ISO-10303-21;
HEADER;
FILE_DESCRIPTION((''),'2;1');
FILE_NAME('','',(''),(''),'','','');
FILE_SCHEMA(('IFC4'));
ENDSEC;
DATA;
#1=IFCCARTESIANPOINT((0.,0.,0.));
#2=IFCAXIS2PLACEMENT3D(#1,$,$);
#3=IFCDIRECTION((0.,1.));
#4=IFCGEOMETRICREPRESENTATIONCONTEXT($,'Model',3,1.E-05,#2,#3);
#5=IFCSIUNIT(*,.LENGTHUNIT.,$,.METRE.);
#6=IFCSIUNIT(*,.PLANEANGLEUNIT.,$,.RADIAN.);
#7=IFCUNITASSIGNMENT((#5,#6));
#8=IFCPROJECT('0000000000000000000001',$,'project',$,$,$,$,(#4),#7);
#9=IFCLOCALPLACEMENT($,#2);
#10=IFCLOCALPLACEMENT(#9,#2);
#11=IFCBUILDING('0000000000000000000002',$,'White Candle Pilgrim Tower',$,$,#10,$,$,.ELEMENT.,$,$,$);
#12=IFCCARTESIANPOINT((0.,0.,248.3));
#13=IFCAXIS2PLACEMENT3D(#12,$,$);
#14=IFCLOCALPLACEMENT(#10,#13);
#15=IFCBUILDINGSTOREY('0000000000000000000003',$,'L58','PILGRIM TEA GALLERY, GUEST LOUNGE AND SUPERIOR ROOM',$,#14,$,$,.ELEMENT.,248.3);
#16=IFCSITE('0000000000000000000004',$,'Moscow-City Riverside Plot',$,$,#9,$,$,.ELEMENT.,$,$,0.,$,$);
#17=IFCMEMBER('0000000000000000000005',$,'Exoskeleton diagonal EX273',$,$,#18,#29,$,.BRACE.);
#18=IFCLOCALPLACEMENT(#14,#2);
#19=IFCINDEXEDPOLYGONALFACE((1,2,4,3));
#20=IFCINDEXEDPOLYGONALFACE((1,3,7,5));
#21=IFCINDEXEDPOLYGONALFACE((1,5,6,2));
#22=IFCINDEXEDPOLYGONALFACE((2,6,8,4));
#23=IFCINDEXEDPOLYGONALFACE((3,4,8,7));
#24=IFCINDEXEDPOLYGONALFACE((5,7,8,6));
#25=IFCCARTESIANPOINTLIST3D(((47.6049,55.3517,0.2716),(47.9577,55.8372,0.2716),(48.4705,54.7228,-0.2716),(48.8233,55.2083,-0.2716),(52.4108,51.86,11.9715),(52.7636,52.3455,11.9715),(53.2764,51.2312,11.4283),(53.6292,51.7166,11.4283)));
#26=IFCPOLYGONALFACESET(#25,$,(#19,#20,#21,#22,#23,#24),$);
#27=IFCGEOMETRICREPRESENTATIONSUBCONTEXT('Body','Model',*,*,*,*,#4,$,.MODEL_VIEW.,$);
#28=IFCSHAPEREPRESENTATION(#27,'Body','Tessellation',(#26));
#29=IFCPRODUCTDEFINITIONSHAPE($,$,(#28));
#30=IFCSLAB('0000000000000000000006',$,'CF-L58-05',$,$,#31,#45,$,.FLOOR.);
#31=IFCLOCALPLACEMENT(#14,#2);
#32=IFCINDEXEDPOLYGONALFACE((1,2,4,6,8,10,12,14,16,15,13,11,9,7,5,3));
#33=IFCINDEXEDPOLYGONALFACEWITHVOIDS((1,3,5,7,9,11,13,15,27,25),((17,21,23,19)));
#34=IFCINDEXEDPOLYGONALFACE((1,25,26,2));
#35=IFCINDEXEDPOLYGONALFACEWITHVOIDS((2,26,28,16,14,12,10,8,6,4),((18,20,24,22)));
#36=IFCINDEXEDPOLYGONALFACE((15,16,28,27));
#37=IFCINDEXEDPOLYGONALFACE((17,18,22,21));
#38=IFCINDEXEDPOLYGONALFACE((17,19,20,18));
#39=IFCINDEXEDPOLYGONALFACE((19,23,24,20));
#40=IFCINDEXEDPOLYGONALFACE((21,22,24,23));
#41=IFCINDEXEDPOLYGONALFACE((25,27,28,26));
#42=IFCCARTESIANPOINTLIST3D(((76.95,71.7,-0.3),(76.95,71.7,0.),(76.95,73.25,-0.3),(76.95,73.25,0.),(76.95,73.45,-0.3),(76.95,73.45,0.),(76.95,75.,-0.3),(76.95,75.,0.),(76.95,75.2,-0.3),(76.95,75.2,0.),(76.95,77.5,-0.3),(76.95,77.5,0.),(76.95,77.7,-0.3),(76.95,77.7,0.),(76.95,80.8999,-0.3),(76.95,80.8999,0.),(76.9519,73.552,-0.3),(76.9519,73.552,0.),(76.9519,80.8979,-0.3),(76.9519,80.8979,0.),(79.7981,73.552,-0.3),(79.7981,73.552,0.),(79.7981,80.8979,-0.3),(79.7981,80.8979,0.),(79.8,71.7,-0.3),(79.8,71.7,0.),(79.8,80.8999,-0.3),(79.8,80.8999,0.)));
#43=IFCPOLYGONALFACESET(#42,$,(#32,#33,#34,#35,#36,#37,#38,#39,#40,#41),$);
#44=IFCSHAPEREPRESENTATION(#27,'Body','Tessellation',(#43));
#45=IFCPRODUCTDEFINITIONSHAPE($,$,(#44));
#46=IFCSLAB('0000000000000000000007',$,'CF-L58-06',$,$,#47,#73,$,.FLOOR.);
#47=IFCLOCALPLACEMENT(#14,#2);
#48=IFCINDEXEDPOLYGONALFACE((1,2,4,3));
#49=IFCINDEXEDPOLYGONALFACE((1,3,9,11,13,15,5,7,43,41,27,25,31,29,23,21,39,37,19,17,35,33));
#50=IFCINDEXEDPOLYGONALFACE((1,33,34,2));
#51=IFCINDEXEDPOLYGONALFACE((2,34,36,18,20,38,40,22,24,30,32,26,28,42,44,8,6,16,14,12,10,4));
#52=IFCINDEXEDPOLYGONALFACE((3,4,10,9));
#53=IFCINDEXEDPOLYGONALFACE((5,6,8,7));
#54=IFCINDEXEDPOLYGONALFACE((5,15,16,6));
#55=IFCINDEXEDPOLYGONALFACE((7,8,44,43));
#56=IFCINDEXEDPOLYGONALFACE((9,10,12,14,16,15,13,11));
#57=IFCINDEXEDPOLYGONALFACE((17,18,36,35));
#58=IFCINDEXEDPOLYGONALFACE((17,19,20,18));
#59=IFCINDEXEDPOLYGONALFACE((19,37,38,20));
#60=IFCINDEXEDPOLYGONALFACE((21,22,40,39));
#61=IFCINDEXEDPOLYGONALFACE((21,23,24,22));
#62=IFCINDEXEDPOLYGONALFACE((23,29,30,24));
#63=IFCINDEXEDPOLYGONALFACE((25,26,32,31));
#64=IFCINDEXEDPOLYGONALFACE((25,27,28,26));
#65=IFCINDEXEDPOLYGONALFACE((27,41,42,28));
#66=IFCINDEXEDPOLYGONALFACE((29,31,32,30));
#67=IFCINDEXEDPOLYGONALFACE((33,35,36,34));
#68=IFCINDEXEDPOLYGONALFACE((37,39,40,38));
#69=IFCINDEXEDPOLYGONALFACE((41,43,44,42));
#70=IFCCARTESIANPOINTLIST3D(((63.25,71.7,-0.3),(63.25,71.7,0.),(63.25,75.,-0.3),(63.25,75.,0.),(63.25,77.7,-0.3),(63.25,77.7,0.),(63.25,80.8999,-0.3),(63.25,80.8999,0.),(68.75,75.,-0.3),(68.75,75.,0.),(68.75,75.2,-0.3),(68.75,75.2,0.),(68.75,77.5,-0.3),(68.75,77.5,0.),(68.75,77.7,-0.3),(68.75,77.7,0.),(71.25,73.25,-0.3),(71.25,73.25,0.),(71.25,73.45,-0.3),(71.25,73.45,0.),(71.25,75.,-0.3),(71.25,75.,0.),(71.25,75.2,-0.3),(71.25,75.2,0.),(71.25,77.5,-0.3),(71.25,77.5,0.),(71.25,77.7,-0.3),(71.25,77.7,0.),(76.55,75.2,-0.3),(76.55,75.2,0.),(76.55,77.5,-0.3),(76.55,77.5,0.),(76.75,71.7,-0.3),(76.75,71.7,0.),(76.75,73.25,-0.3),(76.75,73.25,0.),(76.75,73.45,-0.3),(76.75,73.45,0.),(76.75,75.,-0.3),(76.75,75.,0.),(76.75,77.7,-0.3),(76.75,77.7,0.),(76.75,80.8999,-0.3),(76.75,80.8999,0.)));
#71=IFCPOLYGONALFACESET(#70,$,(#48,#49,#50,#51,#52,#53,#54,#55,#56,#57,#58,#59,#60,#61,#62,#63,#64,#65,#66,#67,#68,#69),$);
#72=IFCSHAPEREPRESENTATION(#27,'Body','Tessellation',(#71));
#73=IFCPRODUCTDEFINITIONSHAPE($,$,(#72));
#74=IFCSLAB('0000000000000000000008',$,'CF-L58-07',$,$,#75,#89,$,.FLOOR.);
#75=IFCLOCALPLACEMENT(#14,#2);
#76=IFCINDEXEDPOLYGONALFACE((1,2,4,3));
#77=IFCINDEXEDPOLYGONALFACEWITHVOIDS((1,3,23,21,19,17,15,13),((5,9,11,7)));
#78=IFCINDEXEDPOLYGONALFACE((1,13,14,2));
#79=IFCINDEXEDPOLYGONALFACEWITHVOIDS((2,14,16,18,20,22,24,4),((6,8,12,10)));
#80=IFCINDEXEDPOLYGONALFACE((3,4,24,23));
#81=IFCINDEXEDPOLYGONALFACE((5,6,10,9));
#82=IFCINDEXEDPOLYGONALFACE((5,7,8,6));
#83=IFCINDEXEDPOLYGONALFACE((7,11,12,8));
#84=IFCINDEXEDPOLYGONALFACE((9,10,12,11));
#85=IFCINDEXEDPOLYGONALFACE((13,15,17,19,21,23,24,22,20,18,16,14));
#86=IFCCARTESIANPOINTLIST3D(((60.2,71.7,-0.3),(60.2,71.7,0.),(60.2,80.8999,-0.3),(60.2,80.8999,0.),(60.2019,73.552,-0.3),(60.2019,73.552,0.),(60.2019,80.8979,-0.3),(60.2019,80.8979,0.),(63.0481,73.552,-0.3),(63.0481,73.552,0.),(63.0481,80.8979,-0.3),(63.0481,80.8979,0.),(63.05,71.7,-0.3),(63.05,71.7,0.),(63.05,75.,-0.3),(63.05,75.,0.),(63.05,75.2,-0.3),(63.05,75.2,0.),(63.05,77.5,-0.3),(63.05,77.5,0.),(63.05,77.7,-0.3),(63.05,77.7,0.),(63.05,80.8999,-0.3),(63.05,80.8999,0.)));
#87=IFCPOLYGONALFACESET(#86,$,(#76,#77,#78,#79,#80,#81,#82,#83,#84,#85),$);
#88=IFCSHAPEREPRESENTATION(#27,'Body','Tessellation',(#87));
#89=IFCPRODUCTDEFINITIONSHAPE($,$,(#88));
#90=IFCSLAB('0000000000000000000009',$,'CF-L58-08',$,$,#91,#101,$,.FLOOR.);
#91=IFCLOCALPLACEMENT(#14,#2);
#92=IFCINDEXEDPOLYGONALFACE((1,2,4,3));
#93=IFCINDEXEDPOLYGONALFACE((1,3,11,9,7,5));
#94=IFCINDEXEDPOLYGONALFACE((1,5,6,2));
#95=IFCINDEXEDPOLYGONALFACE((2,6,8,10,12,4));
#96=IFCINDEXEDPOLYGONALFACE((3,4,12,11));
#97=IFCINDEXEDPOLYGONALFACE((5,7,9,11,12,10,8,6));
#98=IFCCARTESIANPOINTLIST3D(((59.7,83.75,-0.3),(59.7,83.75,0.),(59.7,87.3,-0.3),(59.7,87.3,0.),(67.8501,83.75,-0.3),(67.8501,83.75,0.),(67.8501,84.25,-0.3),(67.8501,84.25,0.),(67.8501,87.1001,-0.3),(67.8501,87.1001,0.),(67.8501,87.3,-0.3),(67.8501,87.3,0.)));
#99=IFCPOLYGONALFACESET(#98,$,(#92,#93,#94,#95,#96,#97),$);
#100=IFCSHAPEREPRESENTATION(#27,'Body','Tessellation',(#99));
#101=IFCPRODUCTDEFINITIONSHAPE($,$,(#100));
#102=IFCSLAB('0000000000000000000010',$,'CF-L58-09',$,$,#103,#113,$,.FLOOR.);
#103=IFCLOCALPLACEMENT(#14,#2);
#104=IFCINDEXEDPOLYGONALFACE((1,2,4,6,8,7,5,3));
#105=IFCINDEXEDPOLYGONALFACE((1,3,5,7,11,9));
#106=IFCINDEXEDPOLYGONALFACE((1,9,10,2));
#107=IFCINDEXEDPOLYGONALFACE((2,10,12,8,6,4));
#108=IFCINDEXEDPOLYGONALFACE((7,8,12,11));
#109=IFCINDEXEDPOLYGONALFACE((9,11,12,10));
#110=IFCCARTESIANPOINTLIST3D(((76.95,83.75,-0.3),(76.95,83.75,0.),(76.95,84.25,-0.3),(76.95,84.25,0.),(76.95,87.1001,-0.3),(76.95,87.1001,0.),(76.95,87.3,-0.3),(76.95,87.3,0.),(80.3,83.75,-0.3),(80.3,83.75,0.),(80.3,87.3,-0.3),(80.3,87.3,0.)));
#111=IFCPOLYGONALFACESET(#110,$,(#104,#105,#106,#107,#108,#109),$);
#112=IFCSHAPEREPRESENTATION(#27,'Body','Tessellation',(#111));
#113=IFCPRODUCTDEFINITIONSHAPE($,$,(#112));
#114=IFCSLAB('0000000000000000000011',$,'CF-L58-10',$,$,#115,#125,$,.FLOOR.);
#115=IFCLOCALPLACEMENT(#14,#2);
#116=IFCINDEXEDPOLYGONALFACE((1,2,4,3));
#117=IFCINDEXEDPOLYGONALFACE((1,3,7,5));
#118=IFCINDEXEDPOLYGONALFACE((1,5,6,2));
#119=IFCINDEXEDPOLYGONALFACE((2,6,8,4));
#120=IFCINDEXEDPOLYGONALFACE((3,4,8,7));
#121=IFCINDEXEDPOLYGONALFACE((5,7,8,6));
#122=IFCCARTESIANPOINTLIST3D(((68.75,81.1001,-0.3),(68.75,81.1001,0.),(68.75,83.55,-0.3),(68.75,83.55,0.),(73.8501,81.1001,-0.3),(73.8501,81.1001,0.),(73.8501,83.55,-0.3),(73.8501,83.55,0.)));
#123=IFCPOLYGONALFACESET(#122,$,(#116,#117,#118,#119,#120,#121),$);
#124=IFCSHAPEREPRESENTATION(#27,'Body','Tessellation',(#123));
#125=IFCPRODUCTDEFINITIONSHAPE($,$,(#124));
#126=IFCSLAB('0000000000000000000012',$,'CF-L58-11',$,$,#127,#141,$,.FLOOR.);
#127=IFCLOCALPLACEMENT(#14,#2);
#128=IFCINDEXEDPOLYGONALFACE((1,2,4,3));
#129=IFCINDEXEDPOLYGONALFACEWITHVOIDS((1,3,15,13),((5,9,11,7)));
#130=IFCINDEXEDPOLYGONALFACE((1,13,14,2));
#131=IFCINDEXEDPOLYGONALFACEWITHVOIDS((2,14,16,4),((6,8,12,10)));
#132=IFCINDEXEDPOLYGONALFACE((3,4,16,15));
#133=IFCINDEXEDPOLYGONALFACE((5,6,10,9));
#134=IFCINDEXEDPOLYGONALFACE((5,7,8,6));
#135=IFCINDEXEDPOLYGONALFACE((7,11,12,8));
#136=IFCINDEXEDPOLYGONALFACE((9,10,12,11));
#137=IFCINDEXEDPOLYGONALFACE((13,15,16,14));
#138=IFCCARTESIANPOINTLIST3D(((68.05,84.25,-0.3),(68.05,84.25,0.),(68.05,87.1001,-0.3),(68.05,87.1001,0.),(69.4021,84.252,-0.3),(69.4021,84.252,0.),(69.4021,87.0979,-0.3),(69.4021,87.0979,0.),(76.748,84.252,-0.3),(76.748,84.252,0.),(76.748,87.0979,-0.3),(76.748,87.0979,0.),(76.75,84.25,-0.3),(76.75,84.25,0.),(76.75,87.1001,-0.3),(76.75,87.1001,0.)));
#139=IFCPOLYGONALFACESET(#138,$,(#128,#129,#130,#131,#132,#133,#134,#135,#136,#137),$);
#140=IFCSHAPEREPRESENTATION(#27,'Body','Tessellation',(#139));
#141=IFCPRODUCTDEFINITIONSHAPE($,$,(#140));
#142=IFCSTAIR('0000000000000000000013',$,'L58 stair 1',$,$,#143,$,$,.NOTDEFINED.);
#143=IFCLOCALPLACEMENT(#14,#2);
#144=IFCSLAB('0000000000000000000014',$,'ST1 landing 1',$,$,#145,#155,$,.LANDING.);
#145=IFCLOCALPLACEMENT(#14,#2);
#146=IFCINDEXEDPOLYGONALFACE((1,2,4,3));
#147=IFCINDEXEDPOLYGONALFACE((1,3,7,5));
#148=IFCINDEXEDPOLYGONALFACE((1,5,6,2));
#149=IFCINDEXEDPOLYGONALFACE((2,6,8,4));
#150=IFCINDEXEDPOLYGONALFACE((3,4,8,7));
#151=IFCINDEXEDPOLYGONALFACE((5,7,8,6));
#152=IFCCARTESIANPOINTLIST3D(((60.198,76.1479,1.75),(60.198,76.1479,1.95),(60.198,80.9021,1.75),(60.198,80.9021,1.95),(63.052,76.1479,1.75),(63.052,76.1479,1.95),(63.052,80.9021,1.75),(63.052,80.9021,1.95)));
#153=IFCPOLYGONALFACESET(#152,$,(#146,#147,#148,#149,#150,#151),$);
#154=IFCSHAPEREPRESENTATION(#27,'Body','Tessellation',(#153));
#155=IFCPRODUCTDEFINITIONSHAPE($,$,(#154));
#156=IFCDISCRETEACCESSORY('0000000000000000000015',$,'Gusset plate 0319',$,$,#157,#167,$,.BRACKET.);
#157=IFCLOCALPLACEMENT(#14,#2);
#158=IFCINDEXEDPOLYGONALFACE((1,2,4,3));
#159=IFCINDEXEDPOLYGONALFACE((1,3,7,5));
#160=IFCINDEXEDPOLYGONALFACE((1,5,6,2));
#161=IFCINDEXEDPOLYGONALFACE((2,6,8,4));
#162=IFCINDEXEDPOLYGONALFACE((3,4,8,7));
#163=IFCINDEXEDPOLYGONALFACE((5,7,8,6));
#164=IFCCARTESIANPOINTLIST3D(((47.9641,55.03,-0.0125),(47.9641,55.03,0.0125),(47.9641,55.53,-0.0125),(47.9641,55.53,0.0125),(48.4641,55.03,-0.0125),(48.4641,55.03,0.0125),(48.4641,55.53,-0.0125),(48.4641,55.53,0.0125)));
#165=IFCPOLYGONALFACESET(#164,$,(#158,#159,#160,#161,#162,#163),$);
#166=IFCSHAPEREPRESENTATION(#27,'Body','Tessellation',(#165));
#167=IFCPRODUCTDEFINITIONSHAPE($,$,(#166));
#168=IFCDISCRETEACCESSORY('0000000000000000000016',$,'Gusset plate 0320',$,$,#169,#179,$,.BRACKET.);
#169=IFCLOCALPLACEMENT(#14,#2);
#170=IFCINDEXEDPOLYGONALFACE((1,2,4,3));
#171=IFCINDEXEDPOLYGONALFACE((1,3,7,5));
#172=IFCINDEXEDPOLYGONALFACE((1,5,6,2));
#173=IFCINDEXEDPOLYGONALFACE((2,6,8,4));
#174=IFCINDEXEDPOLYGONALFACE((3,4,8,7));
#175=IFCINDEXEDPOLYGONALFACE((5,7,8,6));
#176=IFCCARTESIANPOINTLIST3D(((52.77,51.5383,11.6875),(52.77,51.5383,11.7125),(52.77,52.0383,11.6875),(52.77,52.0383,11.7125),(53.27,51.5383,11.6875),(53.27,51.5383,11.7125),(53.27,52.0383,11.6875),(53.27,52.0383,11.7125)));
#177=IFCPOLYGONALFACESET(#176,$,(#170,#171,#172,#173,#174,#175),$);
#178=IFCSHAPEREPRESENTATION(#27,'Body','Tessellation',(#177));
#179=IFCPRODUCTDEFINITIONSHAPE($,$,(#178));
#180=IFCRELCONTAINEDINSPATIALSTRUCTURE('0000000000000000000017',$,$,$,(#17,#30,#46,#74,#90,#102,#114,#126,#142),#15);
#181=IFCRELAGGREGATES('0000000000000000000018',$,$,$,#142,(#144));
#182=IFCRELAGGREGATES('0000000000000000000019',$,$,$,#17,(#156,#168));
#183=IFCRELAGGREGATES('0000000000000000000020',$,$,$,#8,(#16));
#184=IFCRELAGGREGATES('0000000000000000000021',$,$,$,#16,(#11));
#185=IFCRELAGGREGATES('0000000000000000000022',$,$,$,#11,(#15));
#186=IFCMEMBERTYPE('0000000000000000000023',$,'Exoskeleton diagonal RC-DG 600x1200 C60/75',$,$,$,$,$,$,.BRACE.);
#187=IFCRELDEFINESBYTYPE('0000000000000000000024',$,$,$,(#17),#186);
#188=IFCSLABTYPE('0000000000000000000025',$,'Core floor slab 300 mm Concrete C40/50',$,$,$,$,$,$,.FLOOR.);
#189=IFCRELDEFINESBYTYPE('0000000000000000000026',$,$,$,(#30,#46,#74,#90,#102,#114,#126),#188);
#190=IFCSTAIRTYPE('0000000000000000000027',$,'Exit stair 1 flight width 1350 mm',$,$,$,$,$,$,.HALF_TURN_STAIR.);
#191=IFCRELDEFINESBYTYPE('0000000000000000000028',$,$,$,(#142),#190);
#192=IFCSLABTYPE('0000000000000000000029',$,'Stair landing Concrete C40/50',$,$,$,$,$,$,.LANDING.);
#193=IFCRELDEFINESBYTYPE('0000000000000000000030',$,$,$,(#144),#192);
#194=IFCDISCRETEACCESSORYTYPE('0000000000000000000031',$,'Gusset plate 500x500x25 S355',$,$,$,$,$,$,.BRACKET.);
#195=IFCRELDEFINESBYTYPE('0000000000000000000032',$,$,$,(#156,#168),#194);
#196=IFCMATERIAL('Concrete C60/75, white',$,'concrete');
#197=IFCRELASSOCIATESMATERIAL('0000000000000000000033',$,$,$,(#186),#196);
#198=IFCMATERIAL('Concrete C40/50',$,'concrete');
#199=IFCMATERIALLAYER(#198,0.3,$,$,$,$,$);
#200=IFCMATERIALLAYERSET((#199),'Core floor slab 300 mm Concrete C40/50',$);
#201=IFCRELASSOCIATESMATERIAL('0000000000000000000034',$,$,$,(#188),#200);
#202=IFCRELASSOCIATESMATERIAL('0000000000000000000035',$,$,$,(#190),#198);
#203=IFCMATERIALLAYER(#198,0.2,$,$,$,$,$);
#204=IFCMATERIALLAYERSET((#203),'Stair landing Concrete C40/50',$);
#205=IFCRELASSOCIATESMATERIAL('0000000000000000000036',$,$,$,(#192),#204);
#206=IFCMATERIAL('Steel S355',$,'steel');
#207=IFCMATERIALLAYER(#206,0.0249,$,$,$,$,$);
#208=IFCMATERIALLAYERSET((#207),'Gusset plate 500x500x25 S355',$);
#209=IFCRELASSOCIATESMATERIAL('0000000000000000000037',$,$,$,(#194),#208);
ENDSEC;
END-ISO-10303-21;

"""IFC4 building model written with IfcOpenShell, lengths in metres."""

from ifc_helpers import new_model, si_unit, direction, frame, origin, origin_2d, place, context, subcontext, project, spatial, polyline, rectangle, outline, extrude, material, layer, layer_set, material_profile, profile_set, type_object, element, aggregate, save


model = new_model("IFC4")

# Units and contexts
model_context = context("Model", 3, precision=1e-05, world=origin(), true_north=direction((0.0, 1.0)))
body_context = subcontext(model_context, "Body", "Model", "MODEL_VIEW")
ifc_project = project(units=[si_unit("LENGTHUNIT", "METRE"), si_unit("PLANEANGLEUNIT", "RADIAN")], contexts=[model_context])

# Site, building, storey
site_placement = place(None, origin())
site = spatial("IfcSite", under=ifc_project, at=site_placement, Name="Moscow-City Riverside Plot", CompositionType="ELEMENT", RefElevation=0.0)
building_placement = place(site_placement, origin())
building = spatial("IfcBuilding", under=site, at=building_placement, Name="White Candle Pilgrim Tower", CompositionType="ELEMENT")
storey_placement = place(building_placement, frame((0.0, 0.0, 248.3)))
storey = spatial("IfcBuildingStorey", under=building, at=storey_placement, Name="L58", Description="PILGRIM TEA GALLERY, GUEST LOUNGE AND SUPERIOR ROOM", CompositionType="ELEMENT", Elevation=248.3)

# Member
ifc_material_1 = material(Name="Concrete C60/75, white", Category="concrete")
ifc_material_profile = material_profile(ifc_material_1, rectangle(XDim=0.6001, YDim=1.2, at=origin_2d()), Name="RC-DG 600x1200")
ifc_profile_set = profile_set([ifc_material_profile], Name="Concrete C60/75, white")
member_type = type_object("IfcMemberType", Name="Exoskeleton diagonal RC-DG 600x1200 C60/75", PredefinedType="BRACE", material=ifc_profile_set)
member_placement = place(storey_placement, frame((48.2141, 55.28, 0.0), z_axis=(0.366258, -0.266102, 0.891653), x_axis=(0.587786, 0.809017, 0.0)))
member = element("IfcMember", 1, at=member_placement, inside=storey, type_object=member_type, Name="Exoskeleton diagonal EX273", PredefinedType="BRACE", context=body_context, shape_type="SweptSolid", body=[
    extrude(rectangle(XDim=0.6001, YDim=1.2, at=origin_2d()), origin(), (0.0, 0.0, 1.0), 13.1216),
])

# Slabs
ifc_material_2 = material(Name="Concrete C40/50", Category="concrete")
ifc_layer_1 = layer(ifc_material_2, 0.3)
ifc_layer_set_1 = layer_set([ifc_layer_1], Name="Core floor slab 300 mm Concrete C40/50")
slab_type_1 = type_object("IfcSlabType", Name="Core floor slab 300 mm Concrete C40/50", PredefinedType="FLOOR", material=ifc_layer_set_1)
slab_1_placement = place(storey_placement, frame((0.0, 0.0, -0.3)))
element("IfcSlab", 2, at=slab_1_placement, inside=storey, type_object=slab_type_1, Name="CF-L58-05", PredefinedType="FLOOR", context=body_context, shape_type="SweptSolid", body=[
    extrude(outline(polyline([(76.95, 71.7), (76.95, 73.25), (76.95, 73.45), (76.95, 75.0), (76.95, 75.2), (76.95, 77.5), (76.95, 77.7), (76.95, 80.8999), (79.8, 80.8999), (79.8, 71.7), (76.95, 71.7)]), holes=[polyline([(76.9519, 73.552), (79.7981, 73.552), (79.7981, 80.8979), (76.9519, 80.8979), (76.9519, 73.552)])]), origin(), (0.0, 0.0, 1.0), 0.3),
])
slab_2_placement = place(storey_placement, frame((0.0, 0.0, -0.3)))
element("IfcSlab", 3, at=slab_2_placement, inside=storey, type_object=slab_type_1, Name="CF-L58-06", PredefinedType="FLOOR", context=body_context, shape_type="SweptSolid", body=[
    extrude(outline(polyline([(63.25, 71.7), (63.25, 75.0), (68.75, 75.0), (68.75, 75.2), (68.75, 77.5), (68.75, 77.7), (63.25, 77.7), (63.25, 80.8999), (76.75, 80.8999), (76.75, 77.7), (71.25, 77.7), (71.25, 77.5), (76.55, 77.5), (76.55, 75.2), (71.25, 75.2), (71.25, 75.0), (76.75, 75.0), (76.75, 73.45), (71.25, 73.45), (71.25, 73.25), (76.75, 73.25), (76.75, 71.7), (63.25, 71.7)])), origin(), (0.0, 0.0, 1.0), 0.3),
])
slab_3_placement = place(storey_placement, frame((0.0, 0.0, -0.3)))
element("IfcSlab", 4, at=slab_3_placement, inside=storey, type_object=slab_type_1, Name="CF-L58-07", PredefinedType="FLOOR", context=body_context, shape_type="SweptSolid", body=[
    extrude(outline(polyline([(60.2, 71.7), (60.2, 80.8999), (63.05, 80.8999), (63.05, 77.7), (63.05, 77.5), (63.05, 75.2), (63.05, 75.0), (63.05, 71.7), (60.2, 71.7)]), holes=[polyline([(60.2019, 73.552), (63.0481, 73.552), (63.0481, 80.8979), (60.2019, 80.8979), (60.2019, 73.552)])]), origin(), (0.0, 0.0, 1.0), 0.3),
])
slab_4_placement = place(storey_placement, frame((0.0, 0.0, -0.3)))
element("IfcSlab", 5, at=slab_4_placement, inside=storey, type_object=slab_type_1, Name="CF-L58-08", PredefinedType="FLOOR", context=body_context, shape_type="SweptSolid", body=[
    extrude(outline(polyline([(59.7, 87.3), (67.8501, 87.3), (67.8501, 87.1001), (67.8501, 84.25), (67.8501, 83.75), (59.7, 83.75), (59.7, 87.3)])), origin(), (0.0, 0.0, 1.0), 0.3),
])
slab_5_placement = place(storey_placement, frame((0.0, 0.0, -0.3)))
element("IfcSlab", 6, at=slab_5_placement, inside=storey, type_object=slab_type_1, Name="CF-L58-09", PredefinedType="FLOOR", context=body_context, shape_type="SweptSolid", body=[
    extrude(outline(polyline([(80.3, 87.3), (80.3, 83.75), (76.95, 83.75), (76.95, 84.25), (76.95, 87.1001), (76.95, 87.3), (80.3, 87.3)])), origin(), (0.0, 0.0, 1.0), 0.3),
])
slab_6_placement = place(storey_placement, frame((0.0, 0.0, -0.3)))
element("IfcSlab", 7, at=slab_6_placement, inside=storey, type_object=slab_type_1, Name="CF-L58-10", PredefinedType="FLOOR", context=body_context, shape_type="SweptSolid", body=[
    extrude(outline(polyline([(68.75, 81.1001), (68.75, 83.55), (73.8501, 83.55), (73.8501, 81.1001), (68.75, 81.1001)])), origin(), (0.0, 0.0, 1.0), 0.3),
])
slab_7_placement = place(storey_placement, frame((0.0, 0.0, -0.3)))
element("IfcSlab", 8, at=slab_7_placement, inside=storey, type_object=slab_type_1, Name="CF-L58-11", PredefinedType="FLOOR", context=body_context, shape_type="SweptSolid", body=[
    extrude(outline(polyline([(68.05, 87.1001), (76.75, 87.1001), (76.75, 84.25), (68.05, 84.25), (68.05, 87.1001)]), holes=[polyline([(69.4021, 84.252), (76.748, 84.252), (76.748, 87.0979), (69.4021, 87.0979), (69.4021, 84.252)])]), origin(), (0.0, 0.0, 1.0), 0.3),
])

# Stair, slab
stair_type_1 = type_object("IfcStairType", Name="Exit stair 1 flight width 1350 mm", PredefinedType="HALF_TURN_STAIR", material=ifc_material_2)
stair_1_placement = place(storey_placement, origin())
stair_1 = element("IfcStair", 9, at=stair_1_placement, inside=storey, type_object=stair_type_1, Name="L58 stair 1", PredefinedType="NOTDEFINED")
ifc_layer_2 = layer(ifc_material_2, 0.2)
ifc_layer_set_2 = layer_set([ifc_layer_2], Name="Stair landing Concrete C40/50")
slab_type_2 = type_object("IfcSlabType", Name="Stair landing Concrete C40/50", PredefinedType="LANDING", material=ifc_layer_set_2)
slab_8_placement = place(storey_placement, frame((0.0, 0.0, 1.75)))
slab_8 = element("IfcSlab", 10, at=slab_8_placement, type_object=slab_type_2, Name="ST1 landing 1", PredefinedType="LANDING", context=body_context, shape_type="SweptSolid", body=[
    extrude(outline(polyline([(63.052, 76.1479), (60.198, 76.1479), (60.198, 80.9021), (63.052, 80.9021), (63.052, 76.1479)])), origin(), (0.0, 0.0, 1.0), 0.2),
])
aggregate(stair_1, [slab_8])

# Discrete accessories
ifc_material_3 = material(Name="Steel S355", Category="steel")
ifc_layer_3 = layer(ifc_material_3, 0.0249)
ifc_layer_set_3 = layer_set([ifc_layer_3], Name="Gusset plate 500x500x25 S355")
discrete_accessory_type = type_object("IfcDiscreteAccessoryType", Name="Gusset plate 500x500x25 S355", PredefinedType="BRACKET", material=ifc_layer_set_3)
discrete_accessory_1_placement = place(storey_placement, frame((48.2141, 55.28, -0.0125), z_axis=(0.0, 0.0, 1.0), x_axis=(1.0, 0.0, 0.0)))
discrete_accessory_1 = element("IfcDiscreteAccessory", 11, at=discrete_accessory_1_placement, type_object=discrete_accessory_type, Name="Gusset plate 0319", PredefinedType="BRACKET", context=body_context, shape_type="SweptSolid", body=[
    extrude(rectangle(XDim=0.5, YDim=0.5, at=origin_2d()), origin(), (0.0, 0.0, 1.0), 0.0249),
])
placement = place(building_placement, frame((0.0, 0.0, 260.0)))
discrete_accessory_2_placement = place(placement, frame((53.02, 51.7883, -0.0125), z_axis=(0.0, 0.0, 1.0), x_axis=(1.0, 0.0, 0.0)))
discrete_accessory_2 = element("IfcDiscreteAccessory", 12, at=discrete_accessory_2_placement, type_object=discrete_accessory_type, Name="Gusset plate 0320", PredefinedType="BRACKET", context=body_context, shape_type="SweptSolid", body=[
    extrude(rectangle(XDim=0.5, YDim=0.5, at=origin_2d()), origin(), (0.0, 0.0, 1.0), 0.0249),
])
aggregate(member, [discrete_accessory_1, discrete_accessory_2])

save(model, "model.ifc")
